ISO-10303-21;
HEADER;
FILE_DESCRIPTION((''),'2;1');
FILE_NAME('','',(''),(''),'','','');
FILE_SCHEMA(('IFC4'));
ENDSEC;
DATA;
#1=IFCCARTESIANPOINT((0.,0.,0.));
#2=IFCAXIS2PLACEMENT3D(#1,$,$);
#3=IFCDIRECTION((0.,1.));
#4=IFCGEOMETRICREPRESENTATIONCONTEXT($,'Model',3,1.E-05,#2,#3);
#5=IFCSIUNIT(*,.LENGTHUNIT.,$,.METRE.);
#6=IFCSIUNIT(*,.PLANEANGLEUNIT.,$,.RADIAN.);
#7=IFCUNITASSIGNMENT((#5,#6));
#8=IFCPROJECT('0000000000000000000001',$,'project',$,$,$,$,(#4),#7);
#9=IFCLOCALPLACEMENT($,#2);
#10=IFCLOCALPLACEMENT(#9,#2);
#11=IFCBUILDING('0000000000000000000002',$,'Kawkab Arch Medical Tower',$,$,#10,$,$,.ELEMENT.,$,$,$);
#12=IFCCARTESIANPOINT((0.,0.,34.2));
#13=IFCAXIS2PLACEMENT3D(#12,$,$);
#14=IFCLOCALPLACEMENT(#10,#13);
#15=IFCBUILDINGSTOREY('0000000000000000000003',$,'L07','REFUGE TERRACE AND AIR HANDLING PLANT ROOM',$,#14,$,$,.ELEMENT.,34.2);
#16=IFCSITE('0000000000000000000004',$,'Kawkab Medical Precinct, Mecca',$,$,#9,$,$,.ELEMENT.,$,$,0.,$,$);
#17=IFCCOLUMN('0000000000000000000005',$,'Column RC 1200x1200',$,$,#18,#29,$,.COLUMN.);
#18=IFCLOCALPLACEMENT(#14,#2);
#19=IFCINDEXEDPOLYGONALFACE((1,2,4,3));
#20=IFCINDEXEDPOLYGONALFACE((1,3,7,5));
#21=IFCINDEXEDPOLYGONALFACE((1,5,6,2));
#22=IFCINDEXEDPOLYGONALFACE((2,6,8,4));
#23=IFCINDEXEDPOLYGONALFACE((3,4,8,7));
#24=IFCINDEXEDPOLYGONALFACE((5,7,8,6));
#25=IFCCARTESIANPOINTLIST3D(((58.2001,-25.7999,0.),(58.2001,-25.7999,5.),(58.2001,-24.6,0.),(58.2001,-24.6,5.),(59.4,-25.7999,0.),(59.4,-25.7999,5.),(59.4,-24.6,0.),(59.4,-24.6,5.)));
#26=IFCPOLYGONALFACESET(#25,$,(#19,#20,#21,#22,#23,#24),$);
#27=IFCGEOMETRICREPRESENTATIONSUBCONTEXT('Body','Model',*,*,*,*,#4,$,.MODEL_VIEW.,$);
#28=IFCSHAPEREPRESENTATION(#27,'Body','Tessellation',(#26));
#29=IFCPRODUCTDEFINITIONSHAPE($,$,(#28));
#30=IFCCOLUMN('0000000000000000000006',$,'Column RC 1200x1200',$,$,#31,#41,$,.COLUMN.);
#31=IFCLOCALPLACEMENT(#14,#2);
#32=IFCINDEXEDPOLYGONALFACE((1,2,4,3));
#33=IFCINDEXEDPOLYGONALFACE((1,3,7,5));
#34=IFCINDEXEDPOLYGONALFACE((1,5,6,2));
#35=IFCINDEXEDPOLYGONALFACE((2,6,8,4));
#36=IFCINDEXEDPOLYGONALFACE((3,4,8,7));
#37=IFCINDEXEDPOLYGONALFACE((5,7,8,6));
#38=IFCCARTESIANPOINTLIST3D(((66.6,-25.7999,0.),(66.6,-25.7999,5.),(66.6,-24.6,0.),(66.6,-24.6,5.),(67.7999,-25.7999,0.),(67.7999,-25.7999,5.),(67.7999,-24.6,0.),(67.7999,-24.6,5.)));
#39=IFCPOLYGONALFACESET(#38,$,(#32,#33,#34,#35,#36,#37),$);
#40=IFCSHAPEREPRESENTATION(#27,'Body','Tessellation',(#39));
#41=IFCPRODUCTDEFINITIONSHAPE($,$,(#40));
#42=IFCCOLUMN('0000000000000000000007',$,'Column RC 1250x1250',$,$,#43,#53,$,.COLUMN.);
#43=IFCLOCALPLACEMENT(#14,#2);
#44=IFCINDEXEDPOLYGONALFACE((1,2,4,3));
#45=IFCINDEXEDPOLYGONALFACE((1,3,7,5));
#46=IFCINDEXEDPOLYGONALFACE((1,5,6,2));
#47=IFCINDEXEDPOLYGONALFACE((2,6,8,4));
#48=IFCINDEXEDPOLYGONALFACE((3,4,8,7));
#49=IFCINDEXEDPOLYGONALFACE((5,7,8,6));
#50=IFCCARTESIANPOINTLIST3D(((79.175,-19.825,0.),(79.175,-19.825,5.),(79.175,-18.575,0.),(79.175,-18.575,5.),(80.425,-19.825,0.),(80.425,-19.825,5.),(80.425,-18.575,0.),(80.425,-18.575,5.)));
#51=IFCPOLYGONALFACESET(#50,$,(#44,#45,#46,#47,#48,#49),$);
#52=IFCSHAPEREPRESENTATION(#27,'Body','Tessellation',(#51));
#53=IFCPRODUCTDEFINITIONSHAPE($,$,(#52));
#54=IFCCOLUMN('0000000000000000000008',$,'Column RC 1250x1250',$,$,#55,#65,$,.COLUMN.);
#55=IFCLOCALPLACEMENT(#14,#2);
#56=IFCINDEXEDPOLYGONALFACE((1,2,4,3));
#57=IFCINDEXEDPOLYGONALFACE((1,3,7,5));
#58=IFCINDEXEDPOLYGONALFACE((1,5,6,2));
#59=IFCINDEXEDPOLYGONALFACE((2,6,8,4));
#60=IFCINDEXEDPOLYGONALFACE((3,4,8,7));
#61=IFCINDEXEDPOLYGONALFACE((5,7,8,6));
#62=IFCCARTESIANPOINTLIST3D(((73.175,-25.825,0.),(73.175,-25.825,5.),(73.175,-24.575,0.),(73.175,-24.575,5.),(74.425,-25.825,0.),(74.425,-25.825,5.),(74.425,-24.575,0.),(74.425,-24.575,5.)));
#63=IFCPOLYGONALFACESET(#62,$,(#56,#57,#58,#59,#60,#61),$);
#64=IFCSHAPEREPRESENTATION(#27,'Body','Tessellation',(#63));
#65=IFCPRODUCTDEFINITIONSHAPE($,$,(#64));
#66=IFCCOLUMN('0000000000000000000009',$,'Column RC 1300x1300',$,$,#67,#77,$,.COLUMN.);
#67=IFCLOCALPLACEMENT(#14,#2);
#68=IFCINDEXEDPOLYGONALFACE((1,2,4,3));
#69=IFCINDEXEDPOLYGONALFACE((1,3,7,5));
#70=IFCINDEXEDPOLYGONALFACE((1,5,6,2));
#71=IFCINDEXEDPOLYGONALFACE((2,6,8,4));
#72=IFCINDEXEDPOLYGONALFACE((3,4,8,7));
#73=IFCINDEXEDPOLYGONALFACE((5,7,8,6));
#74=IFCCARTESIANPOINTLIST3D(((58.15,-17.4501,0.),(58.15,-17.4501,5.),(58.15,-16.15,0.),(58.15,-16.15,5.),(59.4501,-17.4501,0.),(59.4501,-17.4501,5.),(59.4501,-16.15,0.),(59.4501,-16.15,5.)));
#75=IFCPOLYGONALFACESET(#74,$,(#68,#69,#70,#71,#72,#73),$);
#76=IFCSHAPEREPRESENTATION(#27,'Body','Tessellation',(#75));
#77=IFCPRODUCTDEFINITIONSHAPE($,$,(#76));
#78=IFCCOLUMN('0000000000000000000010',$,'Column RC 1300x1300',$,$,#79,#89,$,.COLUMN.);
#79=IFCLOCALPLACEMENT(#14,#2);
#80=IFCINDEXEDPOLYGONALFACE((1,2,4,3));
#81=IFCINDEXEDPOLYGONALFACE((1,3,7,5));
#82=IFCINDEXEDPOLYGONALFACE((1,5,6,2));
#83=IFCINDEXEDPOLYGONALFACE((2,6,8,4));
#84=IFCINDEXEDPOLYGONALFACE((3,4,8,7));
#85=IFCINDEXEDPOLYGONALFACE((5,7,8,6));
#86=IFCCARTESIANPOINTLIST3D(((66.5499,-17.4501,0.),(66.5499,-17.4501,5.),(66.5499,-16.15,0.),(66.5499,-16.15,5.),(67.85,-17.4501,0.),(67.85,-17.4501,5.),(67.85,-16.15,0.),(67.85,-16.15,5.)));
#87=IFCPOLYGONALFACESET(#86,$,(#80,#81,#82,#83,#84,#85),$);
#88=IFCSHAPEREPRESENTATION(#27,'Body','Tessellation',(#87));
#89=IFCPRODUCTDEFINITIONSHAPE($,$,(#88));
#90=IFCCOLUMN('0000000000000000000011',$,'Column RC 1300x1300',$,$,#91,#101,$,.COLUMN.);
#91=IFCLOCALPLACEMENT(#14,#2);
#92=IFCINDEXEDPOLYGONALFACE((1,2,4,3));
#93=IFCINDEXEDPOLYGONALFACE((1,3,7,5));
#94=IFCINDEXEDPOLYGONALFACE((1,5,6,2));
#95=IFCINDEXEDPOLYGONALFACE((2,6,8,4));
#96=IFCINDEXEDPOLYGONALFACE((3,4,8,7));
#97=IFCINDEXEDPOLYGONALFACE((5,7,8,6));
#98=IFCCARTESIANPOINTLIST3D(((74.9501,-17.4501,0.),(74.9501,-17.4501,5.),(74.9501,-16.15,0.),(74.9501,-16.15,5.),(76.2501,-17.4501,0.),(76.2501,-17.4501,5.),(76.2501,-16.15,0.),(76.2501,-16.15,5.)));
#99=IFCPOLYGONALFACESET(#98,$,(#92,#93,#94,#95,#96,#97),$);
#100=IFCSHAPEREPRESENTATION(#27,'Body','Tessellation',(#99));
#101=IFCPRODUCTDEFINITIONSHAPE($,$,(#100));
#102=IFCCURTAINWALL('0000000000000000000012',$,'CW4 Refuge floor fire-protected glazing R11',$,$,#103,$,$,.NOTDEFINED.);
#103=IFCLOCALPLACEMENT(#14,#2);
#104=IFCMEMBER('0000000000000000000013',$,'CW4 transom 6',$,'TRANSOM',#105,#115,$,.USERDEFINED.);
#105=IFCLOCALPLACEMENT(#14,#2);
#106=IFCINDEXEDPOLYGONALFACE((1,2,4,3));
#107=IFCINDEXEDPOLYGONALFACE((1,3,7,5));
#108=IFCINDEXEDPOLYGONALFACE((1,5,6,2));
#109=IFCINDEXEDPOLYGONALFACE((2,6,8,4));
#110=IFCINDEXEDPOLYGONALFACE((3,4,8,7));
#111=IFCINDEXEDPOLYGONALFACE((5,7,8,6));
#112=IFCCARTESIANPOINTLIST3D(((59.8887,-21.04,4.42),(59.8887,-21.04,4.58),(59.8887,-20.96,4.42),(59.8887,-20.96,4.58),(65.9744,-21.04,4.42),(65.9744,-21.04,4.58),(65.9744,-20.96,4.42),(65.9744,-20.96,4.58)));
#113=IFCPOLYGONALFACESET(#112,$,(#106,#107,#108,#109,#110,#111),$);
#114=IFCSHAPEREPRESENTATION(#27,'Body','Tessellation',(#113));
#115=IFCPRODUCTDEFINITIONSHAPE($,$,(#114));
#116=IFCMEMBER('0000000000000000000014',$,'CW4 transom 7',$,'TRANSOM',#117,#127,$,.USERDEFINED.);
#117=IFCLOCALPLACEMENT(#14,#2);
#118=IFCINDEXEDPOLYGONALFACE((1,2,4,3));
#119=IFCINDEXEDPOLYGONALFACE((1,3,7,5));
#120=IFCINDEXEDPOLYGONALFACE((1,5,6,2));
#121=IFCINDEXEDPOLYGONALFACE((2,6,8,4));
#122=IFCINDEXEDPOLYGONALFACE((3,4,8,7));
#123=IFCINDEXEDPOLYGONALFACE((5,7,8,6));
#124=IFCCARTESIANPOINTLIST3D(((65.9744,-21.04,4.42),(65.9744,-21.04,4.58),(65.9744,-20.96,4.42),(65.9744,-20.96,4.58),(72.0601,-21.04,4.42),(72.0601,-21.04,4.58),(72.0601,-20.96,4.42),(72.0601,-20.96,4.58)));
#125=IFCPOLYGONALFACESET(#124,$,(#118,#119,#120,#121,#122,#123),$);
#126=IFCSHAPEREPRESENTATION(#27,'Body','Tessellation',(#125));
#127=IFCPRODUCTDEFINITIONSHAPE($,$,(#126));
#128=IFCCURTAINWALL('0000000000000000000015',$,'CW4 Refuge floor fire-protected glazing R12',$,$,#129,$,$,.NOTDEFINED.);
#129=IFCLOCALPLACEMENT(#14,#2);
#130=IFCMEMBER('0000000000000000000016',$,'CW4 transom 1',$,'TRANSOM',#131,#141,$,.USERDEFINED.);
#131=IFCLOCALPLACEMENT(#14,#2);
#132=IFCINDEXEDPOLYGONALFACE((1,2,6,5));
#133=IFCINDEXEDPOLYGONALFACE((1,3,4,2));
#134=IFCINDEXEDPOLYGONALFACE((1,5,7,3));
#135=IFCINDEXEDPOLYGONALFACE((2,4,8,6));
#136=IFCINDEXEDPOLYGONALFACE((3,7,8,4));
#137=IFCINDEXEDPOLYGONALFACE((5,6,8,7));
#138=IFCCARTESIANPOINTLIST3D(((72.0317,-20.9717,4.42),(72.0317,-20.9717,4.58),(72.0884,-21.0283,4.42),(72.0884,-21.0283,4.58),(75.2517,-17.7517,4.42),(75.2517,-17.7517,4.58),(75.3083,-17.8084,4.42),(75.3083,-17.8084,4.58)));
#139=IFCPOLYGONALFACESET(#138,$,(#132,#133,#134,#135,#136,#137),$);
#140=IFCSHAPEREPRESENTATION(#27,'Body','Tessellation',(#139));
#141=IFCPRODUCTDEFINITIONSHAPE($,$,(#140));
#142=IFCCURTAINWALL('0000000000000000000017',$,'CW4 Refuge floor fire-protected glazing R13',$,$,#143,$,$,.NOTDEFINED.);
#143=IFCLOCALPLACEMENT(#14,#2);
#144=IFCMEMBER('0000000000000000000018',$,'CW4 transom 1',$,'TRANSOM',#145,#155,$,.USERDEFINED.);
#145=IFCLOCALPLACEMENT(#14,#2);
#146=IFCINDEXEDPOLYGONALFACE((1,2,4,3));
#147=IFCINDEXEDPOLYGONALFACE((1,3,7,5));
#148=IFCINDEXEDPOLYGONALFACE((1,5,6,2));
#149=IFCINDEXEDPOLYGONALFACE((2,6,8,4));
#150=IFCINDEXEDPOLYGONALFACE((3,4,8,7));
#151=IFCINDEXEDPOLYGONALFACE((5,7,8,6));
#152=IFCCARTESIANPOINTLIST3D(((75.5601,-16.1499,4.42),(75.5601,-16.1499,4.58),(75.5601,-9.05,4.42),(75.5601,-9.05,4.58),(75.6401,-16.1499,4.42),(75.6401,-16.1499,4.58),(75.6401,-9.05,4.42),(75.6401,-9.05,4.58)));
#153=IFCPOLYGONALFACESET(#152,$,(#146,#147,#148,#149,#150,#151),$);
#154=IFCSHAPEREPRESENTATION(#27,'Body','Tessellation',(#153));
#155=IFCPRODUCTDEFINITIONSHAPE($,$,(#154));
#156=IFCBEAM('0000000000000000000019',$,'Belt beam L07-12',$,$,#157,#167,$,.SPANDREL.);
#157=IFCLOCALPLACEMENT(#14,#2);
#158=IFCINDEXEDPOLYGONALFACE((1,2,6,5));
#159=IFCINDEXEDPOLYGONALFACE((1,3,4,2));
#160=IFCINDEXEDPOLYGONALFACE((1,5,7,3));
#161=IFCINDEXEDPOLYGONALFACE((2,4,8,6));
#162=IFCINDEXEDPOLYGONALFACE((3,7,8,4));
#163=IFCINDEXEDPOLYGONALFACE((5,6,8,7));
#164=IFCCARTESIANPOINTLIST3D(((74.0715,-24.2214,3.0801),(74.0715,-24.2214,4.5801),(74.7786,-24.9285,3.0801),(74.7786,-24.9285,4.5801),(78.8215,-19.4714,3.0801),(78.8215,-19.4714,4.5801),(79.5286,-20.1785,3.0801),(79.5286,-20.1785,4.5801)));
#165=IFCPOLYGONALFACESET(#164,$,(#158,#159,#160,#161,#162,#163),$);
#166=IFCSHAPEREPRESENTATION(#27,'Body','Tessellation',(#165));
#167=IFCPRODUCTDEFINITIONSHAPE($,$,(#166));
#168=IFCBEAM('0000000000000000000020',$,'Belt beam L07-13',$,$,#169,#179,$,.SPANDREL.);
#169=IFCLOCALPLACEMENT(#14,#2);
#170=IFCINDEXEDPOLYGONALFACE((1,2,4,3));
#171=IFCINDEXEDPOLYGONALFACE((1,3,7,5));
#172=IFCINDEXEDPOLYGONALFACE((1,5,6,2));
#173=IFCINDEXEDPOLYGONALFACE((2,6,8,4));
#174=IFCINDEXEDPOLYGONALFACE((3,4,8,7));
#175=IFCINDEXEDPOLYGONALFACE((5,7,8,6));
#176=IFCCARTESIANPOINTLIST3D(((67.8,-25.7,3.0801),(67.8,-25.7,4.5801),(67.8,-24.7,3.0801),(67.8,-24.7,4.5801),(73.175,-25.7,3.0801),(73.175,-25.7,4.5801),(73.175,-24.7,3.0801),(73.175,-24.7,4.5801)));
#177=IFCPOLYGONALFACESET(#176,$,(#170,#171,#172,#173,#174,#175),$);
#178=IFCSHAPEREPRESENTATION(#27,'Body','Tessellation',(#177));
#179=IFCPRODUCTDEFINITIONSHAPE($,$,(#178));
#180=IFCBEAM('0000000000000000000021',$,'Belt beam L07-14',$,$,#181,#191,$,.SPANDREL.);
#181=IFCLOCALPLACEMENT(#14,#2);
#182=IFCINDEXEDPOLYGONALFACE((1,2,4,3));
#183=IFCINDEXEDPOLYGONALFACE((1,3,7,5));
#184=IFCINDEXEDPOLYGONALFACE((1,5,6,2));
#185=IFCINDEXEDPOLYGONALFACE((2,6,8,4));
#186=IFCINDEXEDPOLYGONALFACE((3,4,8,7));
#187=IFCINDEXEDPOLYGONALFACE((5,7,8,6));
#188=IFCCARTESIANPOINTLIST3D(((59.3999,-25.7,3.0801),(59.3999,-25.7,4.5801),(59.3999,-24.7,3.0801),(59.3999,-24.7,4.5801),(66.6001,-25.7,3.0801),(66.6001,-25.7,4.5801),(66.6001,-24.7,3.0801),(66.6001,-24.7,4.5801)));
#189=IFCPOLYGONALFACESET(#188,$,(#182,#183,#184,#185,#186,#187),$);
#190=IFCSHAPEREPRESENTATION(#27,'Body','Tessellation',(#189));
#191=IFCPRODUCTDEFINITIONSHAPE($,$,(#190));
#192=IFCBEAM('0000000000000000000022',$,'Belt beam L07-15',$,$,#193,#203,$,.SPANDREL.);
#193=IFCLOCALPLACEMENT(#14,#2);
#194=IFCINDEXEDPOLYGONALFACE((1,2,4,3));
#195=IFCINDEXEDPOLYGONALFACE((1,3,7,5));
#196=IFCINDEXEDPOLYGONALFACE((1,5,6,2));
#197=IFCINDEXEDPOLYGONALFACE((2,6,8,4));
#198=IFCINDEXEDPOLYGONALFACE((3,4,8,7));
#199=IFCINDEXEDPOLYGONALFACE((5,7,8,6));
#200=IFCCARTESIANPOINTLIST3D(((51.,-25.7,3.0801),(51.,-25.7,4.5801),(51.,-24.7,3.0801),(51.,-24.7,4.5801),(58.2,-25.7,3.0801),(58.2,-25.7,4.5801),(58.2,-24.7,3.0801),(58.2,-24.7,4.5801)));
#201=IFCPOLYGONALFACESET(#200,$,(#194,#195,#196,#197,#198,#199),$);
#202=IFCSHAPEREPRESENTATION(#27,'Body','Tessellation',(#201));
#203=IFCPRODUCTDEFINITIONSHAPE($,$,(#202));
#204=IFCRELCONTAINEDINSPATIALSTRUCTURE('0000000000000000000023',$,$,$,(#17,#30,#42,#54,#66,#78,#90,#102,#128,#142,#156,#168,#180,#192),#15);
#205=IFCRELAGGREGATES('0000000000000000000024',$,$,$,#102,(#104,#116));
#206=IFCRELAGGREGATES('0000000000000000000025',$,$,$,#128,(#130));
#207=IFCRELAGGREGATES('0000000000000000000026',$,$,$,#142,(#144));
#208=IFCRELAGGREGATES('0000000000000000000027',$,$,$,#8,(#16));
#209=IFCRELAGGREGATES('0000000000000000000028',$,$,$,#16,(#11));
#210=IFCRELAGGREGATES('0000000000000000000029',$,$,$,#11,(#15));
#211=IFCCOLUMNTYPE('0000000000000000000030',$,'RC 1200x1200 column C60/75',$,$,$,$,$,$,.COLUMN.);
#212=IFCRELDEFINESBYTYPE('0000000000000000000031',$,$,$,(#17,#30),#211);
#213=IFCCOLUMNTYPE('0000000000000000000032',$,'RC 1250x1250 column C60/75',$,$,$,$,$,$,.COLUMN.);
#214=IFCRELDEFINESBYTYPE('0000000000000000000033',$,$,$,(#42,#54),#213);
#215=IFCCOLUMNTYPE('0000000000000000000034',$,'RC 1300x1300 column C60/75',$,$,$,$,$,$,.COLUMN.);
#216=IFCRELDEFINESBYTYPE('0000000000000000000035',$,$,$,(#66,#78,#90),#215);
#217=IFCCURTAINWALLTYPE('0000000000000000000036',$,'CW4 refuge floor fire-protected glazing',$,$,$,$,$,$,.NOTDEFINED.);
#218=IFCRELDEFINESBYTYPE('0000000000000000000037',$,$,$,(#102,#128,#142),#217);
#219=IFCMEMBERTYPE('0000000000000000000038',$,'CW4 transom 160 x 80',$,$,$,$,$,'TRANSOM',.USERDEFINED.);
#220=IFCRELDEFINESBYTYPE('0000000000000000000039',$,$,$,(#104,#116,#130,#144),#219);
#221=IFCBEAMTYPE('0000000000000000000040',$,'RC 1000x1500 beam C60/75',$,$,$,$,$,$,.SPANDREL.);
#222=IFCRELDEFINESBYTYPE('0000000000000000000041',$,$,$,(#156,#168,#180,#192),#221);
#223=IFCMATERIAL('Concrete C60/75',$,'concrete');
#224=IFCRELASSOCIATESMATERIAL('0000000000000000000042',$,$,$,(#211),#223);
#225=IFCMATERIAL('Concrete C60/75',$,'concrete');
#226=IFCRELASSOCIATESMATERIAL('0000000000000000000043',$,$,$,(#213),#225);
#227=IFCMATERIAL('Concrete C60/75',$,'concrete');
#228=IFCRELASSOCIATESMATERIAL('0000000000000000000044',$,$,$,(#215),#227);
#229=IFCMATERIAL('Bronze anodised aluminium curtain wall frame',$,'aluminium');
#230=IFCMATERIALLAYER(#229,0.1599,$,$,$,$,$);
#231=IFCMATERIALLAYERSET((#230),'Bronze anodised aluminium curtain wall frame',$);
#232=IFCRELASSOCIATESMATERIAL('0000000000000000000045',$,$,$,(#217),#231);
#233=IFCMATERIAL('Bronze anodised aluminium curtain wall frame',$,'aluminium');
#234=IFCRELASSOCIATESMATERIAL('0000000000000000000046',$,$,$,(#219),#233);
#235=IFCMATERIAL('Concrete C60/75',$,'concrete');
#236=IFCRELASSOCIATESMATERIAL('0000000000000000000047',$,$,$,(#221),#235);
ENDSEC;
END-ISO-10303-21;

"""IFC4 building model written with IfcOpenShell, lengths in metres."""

from ifc_helpers import new_model, si_unit, direction, frame, origin, origin_2d, place, context, subcontext, project, spatial, rectangle, extrude, material, layer, layer_set, material_profile, profile_set, type_object, element, aggregate, save


model = new_model("IFC4")

# Units and contexts
model_context = context("Model", 3, precision=1e-05, world=origin(), true_north=direction((0.0, 1.0)))
body_context = subcontext(model_context, "Body", "Model", "MODEL_VIEW")
ifc_project = project(units=[si_unit("LENGTHUNIT", "METRE"), si_unit("PLANEANGLEUNIT", "RADIAN")], contexts=[model_context])

# Site, building, storey
site_placement = place(None, origin())
site = spatial("IfcSite", under=ifc_project, at=site_placement, Name="Kawkab Medical Precinct, Mecca", CompositionType="ELEMENT", RefElevation=0.0)
building_placement = place(site_placement, origin())
building = spatial("IfcBuilding", under=site, at=building_placement, Name="Kawkab Arch Medical Tower", CompositionType="ELEMENT")
storey_placement = place(building_placement, frame((0.0, 0.0, 34.2)))
storey = spatial("IfcBuildingStorey", under=building, at=storey_placement, Name="L07", Description="REFUGE TERRACE AND AIR HANDLING PLANT ROOM", CompositionType="ELEMENT", Elevation=34.2)

# Columns
ifc_material_1 = material(Name="Concrete C60/75", Category="concrete")
ifc_material_profile_1 = material_profile(ifc_material_1, rectangle(XDim=1.2, YDim=1.2, at=origin_2d()), Name="RC 1200x1200")
ifc_profile_set_1 = profile_set([ifc_material_profile_1], Name="Concrete C60/75")
column_type_1 = type_object("IfcColumnType", Name="RC 1200x1200 column C60/75", PredefinedType="COLUMN", material=ifc_profile_set_1)
for number, where, z_axis, x_axis, name in (
    (1, (58.8, -25.2, 0.0), (0.0, 0.0, 1.0), (1.0, 0.0, 0.0), "Column RC 1200x1200"),
    (2, (67.2, -25.2, 0.0), (0.0, 0.0, 1.0), (1.0, 0.0, 0.0), "Column RC 1200x1200"),
):
    element("IfcColumn", number, at=place(storey_placement, frame(where, z_axis=z_axis, x_axis=x_axis)), inside=storey, type_object=column_type_1, Name=name, PredefinedType="COLUMN", context=body_context, shape_type="SweptSolid", body=[
        extrude(rectangle(XDim=1.2, YDim=1.2, at=origin_2d()), origin(), (0.0, 0.0, 1.0), 5.0),
    ])
ifc_material_2 = material(Name="Concrete C60/75", Category="concrete")
ifc_material_profile_2 = material_profile(ifc_material_2, rectangle(XDim=1.25, YDim=1.25, at=origin_2d()), Name="RC 1250x1250")
ifc_profile_set_2 = profile_set([ifc_material_profile_2], Name="Concrete C60/75")
column_type_2 = type_object("IfcColumnType", Name="RC 1250x1250 column C60/75", PredefinedType="COLUMN", material=ifc_profile_set_2)
for number, where, z_axis, x_axis, name in (
    (3, (79.8, -19.2, 0.0), (0.0, 0.0, 1.0), (1.0, 0.0, 0.0), "Column RC 1250x1250"),
    (4, (73.8, -25.2, 0.0), (0.0, 0.0, 1.0), (1.0, 0.0, 0.0), "Column RC 1250x1250"),
):
    element("IfcColumn", number, at=place(storey_placement, frame(where, z_axis=z_axis, x_axis=x_axis)), inside=storey, type_object=column_type_2, Name=name, PredefinedType="COLUMN", context=body_context, shape_type="SweptSolid", body=[
        extrude(rectangle(XDim=1.25, YDim=1.25, at=origin_2d()), origin(), (0.0, 0.0, 1.0), 5.0),
    ])
ifc_material_3 = material(Name="Concrete C60/75", Category="concrete")
ifc_material_profile_3 = material_profile(ifc_material_3, rectangle(XDim=1.3, YDim=1.3, at=origin_2d()), Name="RC 1300x1300")
ifc_profile_set_3 = profile_set([ifc_material_profile_3], Name="Concrete C60/75")
column_type_3 = type_object("IfcColumnType", Name="RC 1300x1300 column C60/75", PredefinedType="COLUMN", material=ifc_profile_set_3)
for number, where, z_axis, x_axis, name in (
    (5, (58.8, -16.8, 0.0), (0.0, 0.0, 1.0), (1.0, 0.0, 0.0), "Column RC 1300x1300"),
    (6, (67.2, -16.8, 0.0), (0.0, 0.0, 1.0), (1.0, 0.0, 0.0), "Column RC 1300x1300"),
    (7, (75.6001, -16.8, 0.0), (0.0, 0.0, 1.0), (1.0, 0.0, 0.0), "Column RC 1300x1300"),
):
    element("IfcColumn", number, at=place(storey_placement, frame(where, z_axis=z_axis, x_axis=x_axis)), inside=storey, type_object=column_type_3, Name=name, PredefinedType="COLUMN", context=body_context, shape_type="SweptSolid", body=[
        extrude(rectangle(XDim=1.3, YDim=1.3, at=origin_2d()), origin(), (0.0, 0.0, 1.0), 5.0),
    ])

# Curtain wall, members
ifc_material_4 = material(Name="Bronze anodised aluminium curtain wall frame", Category="aluminium")
ifc_layer_1 = layer(ifc_material_4, 0.1599)
ifc_layer_set_1 = layer_set([ifc_layer_1], Name="Bronze anodised aluminium curtain wall frame")
curtain_wall_type = type_object("IfcCurtainWallType", Name="CW4 refuge floor fire-protected glazing", PredefinedType="NOTDEFINED", material=ifc_layer_set_1)
placement = place(storey_placement, origin())
curtain_wall_1 = element("IfcCurtainWall", 8, at=placement, inside=storey, type_object=curtain_wall_type, Name="CW4 Refuge floor fire-protected glazing R11", PredefinedType="NOTDEFINED")
ifc_material_5 = material(Name="Bronze anodised aluminium curtain wall frame", Category="aluminium")
ifc_material_profile_4 = material_profile(ifc_material_5, rectangle(XDim=0.0801, YDim=0.1599, at=origin_2d()), Name="AL 80x160")
ifc_profile_set_4 = profile_set([ifc_material_profile_4], Name="Bronze anodised aluminium curtain wall frame")
member_type = type_object("IfcMemberType", Name="CW4 transom 160 x 80", ElementType="TRANSOM", PredefinedType="USERDEFINED", material=ifc_profile_set_4)
member_1_placement = place(storey_placement, frame((59.8887, -21.0, 4.5), z_axis=(1.0, 0.0, 0.0), x_axis=(0.0, 1.0, 0.0)))
member_1 = element("IfcMember", 9, at=member_1_placement, type_object=member_type, Name="CW4 transom 6", ObjectType="TRANSOM", PredefinedType="USERDEFINED", context=body_context, shape_type="SweptSolid", body=[
    extrude(rectangle(XDim=0.0801, YDim=0.1599, at=origin_2d()), origin(), (0.0, 0.0, 1.0), 6.0857),
])
member_2_placement = place(storey_placement, frame((65.9744, -21.0, 4.5), z_axis=(1.0, 0.0, 0.0), x_axis=(0.0, 1.0, 0.0)))
member_2 = element("IfcMember", 10, at=member_2_placement, type_object=member_type, Name="CW4 transom 7", ObjectType="TRANSOM", PredefinedType="USERDEFINED", context=body_context, shape_type="SweptSolid", body=[
    extrude(rectangle(XDim=0.0801, YDim=0.1599, at=origin_2d()), origin(), (0.0, 0.0, 1.0), 6.0857),
])

# Curtain walls, members
curtain_wall_2 = element("IfcCurtainWall", 11, at=placement, inside=storey, type_object=curtain_wall_type, Name="CW4 Refuge floor fire-protected glazing R12", PredefinedType="NOTDEFINED")
member_3_placement = place(storey_placement, frame((72.0601, -21.0, 4.5), z_axis=(0.707107, 0.707107, 0.0), x_axis=(-0.707107, 0.707107, 0.0)))
member_3 = element("IfcMember", 12, at=member_3_placement, type_object=member_type, Name="CW4 transom 1", ObjectType="TRANSOM", PredefinedType="USERDEFINED", context=body_context, shape_type="SweptSolid", body=[
    extrude(rectangle(XDim=0.0801, YDim=0.1599, at=origin_2d()), origin(), (0.0, 0.0, 1.0), 4.5537),
])
curtain_wall_3 = element("IfcCurtainWall", 13, at=placement, inside=storey, type_object=curtain_wall_type, Name="CW4 Refuge floor fire-protected glazing R13", PredefinedType="NOTDEFINED")
member_4_placement = place(storey_placement, frame((75.6001, -16.1499, 4.5), z_axis=(0.0, 1.0, 0.0), x_axis=(-1.0, 0.0, 0.0)))
member_4 = element("IfcMember", 14, at=member_4_placement, type_object=member_type, Name="CW4 transom 1", ObjectType="TRANSOM", PredefinedType="USERDEFINED", context=body_context, shape_type="SweptSolid", body=[
    extrude(rectangle(XDim=0.0801, YDim=0.1599, at=origin_2d()), origin(), (0.0, 0.0, 1.0), 7.0999),
])

# Beams
ifc_material_6 = material(Name="Concrete C60/75", Category="concrete")
ifc_material_profile_5 = material_profile(ifc_material_6, rectangle(XDim=1.0, YDim=1.5, at=origin_2d()), Name="RC 1000x1500")
ifc_profile_set_5 = profile_set([ifc_material_profile_5], Name="Concrete C60/75")
beam_type = type_object("IfcBeamType", Name="RC 1000x1500 beam C60/75", PredefinedType="SPANDREL", material=ifc_profile_set_5)
beam_1_placement = place(storey_placement, frame((79.175, -19.825, 3.8301), z_axis=(-0.707107, -0.707107, 0.0), x_axis=(0.707107, -0.707107, 0.0)))
element("IfcBeam", 15, at=beam_1_placement, inside=storey, type_object=beam_type, Name="Belt beam L07-12", PredefinedType="SPANDREL", context=body_context, shape_type="SweptSolid", body=[
    extrude(rectangle(XDim=1.0, YDim=1.5, at=origin_2d()), origin(), (0.0, 0.0, 1.0), 6.7175),
])
beam_2_placement = place(storey_placement, frame((73.175, -25.2, 3.8301), z_axis=(-1.0, 0.0, 0.0), x_axis=(0.0, -1.0, 0.0)))
element("IfcBeam", 16, at=beam_2_placement, inside=storey, type_object=beam_type, Name="Belt beam L07-13", PredefinedType="SPANDREL", context=body_context, shape_type="SweptSolid", body=[
    extrude(rectangle(XDim=1.0, YDim=1.5, at=origin_2d()), origin(), (0.0, 0.0, 1.0), 5.375),
])
beam_3_placement = place(storey_placement, frame((66.6001, -25.2, 3.8301), z_axis=(-1.0, 0.0, 0.0), x_axis=(0.0, -1.0, 0.0)))
element("IfcBeam", 17, at=beam_3_placement, inside=storey, type_object=beam_type, Name="Belt beam L07-14", PredefinedType="SPANDREL", context=body_context, shape_type="SweptSolid", body=[
    extrude(rectangle(XDim=1.0, YDim=1.5, at=origin_2d()), origin(), (0.0, 0.0, 1.0), 7.2002),
])
beam_4_placement = place(storey_placement, frame((58.2, -25.2, 3.8301), z_axis=(-1.0, 0.0, 0.0), x_axis=(0.0, -1.0, 0.0)))
element("IfcBeam", 18, at=beam_4_placement, inside=storey, type_object=beam_type, Name="Belt beam L07-15", PredefinedType="SPANDREL", context=body_context, shape_type="SweptSolid", body=[
    extrude(rectangle(XDim=1.0, YDim=1.5, at=origin_2d()), origin(), (0.0, 0.0, 1.0), 7.2),
])

aggregate(curtain_wall_1, [member_1, member_2])
aggregate(curtain_wall_2, [member_3])
aggregate(curtain_wall_3, [member_4])

save(model, "model.ifc")
